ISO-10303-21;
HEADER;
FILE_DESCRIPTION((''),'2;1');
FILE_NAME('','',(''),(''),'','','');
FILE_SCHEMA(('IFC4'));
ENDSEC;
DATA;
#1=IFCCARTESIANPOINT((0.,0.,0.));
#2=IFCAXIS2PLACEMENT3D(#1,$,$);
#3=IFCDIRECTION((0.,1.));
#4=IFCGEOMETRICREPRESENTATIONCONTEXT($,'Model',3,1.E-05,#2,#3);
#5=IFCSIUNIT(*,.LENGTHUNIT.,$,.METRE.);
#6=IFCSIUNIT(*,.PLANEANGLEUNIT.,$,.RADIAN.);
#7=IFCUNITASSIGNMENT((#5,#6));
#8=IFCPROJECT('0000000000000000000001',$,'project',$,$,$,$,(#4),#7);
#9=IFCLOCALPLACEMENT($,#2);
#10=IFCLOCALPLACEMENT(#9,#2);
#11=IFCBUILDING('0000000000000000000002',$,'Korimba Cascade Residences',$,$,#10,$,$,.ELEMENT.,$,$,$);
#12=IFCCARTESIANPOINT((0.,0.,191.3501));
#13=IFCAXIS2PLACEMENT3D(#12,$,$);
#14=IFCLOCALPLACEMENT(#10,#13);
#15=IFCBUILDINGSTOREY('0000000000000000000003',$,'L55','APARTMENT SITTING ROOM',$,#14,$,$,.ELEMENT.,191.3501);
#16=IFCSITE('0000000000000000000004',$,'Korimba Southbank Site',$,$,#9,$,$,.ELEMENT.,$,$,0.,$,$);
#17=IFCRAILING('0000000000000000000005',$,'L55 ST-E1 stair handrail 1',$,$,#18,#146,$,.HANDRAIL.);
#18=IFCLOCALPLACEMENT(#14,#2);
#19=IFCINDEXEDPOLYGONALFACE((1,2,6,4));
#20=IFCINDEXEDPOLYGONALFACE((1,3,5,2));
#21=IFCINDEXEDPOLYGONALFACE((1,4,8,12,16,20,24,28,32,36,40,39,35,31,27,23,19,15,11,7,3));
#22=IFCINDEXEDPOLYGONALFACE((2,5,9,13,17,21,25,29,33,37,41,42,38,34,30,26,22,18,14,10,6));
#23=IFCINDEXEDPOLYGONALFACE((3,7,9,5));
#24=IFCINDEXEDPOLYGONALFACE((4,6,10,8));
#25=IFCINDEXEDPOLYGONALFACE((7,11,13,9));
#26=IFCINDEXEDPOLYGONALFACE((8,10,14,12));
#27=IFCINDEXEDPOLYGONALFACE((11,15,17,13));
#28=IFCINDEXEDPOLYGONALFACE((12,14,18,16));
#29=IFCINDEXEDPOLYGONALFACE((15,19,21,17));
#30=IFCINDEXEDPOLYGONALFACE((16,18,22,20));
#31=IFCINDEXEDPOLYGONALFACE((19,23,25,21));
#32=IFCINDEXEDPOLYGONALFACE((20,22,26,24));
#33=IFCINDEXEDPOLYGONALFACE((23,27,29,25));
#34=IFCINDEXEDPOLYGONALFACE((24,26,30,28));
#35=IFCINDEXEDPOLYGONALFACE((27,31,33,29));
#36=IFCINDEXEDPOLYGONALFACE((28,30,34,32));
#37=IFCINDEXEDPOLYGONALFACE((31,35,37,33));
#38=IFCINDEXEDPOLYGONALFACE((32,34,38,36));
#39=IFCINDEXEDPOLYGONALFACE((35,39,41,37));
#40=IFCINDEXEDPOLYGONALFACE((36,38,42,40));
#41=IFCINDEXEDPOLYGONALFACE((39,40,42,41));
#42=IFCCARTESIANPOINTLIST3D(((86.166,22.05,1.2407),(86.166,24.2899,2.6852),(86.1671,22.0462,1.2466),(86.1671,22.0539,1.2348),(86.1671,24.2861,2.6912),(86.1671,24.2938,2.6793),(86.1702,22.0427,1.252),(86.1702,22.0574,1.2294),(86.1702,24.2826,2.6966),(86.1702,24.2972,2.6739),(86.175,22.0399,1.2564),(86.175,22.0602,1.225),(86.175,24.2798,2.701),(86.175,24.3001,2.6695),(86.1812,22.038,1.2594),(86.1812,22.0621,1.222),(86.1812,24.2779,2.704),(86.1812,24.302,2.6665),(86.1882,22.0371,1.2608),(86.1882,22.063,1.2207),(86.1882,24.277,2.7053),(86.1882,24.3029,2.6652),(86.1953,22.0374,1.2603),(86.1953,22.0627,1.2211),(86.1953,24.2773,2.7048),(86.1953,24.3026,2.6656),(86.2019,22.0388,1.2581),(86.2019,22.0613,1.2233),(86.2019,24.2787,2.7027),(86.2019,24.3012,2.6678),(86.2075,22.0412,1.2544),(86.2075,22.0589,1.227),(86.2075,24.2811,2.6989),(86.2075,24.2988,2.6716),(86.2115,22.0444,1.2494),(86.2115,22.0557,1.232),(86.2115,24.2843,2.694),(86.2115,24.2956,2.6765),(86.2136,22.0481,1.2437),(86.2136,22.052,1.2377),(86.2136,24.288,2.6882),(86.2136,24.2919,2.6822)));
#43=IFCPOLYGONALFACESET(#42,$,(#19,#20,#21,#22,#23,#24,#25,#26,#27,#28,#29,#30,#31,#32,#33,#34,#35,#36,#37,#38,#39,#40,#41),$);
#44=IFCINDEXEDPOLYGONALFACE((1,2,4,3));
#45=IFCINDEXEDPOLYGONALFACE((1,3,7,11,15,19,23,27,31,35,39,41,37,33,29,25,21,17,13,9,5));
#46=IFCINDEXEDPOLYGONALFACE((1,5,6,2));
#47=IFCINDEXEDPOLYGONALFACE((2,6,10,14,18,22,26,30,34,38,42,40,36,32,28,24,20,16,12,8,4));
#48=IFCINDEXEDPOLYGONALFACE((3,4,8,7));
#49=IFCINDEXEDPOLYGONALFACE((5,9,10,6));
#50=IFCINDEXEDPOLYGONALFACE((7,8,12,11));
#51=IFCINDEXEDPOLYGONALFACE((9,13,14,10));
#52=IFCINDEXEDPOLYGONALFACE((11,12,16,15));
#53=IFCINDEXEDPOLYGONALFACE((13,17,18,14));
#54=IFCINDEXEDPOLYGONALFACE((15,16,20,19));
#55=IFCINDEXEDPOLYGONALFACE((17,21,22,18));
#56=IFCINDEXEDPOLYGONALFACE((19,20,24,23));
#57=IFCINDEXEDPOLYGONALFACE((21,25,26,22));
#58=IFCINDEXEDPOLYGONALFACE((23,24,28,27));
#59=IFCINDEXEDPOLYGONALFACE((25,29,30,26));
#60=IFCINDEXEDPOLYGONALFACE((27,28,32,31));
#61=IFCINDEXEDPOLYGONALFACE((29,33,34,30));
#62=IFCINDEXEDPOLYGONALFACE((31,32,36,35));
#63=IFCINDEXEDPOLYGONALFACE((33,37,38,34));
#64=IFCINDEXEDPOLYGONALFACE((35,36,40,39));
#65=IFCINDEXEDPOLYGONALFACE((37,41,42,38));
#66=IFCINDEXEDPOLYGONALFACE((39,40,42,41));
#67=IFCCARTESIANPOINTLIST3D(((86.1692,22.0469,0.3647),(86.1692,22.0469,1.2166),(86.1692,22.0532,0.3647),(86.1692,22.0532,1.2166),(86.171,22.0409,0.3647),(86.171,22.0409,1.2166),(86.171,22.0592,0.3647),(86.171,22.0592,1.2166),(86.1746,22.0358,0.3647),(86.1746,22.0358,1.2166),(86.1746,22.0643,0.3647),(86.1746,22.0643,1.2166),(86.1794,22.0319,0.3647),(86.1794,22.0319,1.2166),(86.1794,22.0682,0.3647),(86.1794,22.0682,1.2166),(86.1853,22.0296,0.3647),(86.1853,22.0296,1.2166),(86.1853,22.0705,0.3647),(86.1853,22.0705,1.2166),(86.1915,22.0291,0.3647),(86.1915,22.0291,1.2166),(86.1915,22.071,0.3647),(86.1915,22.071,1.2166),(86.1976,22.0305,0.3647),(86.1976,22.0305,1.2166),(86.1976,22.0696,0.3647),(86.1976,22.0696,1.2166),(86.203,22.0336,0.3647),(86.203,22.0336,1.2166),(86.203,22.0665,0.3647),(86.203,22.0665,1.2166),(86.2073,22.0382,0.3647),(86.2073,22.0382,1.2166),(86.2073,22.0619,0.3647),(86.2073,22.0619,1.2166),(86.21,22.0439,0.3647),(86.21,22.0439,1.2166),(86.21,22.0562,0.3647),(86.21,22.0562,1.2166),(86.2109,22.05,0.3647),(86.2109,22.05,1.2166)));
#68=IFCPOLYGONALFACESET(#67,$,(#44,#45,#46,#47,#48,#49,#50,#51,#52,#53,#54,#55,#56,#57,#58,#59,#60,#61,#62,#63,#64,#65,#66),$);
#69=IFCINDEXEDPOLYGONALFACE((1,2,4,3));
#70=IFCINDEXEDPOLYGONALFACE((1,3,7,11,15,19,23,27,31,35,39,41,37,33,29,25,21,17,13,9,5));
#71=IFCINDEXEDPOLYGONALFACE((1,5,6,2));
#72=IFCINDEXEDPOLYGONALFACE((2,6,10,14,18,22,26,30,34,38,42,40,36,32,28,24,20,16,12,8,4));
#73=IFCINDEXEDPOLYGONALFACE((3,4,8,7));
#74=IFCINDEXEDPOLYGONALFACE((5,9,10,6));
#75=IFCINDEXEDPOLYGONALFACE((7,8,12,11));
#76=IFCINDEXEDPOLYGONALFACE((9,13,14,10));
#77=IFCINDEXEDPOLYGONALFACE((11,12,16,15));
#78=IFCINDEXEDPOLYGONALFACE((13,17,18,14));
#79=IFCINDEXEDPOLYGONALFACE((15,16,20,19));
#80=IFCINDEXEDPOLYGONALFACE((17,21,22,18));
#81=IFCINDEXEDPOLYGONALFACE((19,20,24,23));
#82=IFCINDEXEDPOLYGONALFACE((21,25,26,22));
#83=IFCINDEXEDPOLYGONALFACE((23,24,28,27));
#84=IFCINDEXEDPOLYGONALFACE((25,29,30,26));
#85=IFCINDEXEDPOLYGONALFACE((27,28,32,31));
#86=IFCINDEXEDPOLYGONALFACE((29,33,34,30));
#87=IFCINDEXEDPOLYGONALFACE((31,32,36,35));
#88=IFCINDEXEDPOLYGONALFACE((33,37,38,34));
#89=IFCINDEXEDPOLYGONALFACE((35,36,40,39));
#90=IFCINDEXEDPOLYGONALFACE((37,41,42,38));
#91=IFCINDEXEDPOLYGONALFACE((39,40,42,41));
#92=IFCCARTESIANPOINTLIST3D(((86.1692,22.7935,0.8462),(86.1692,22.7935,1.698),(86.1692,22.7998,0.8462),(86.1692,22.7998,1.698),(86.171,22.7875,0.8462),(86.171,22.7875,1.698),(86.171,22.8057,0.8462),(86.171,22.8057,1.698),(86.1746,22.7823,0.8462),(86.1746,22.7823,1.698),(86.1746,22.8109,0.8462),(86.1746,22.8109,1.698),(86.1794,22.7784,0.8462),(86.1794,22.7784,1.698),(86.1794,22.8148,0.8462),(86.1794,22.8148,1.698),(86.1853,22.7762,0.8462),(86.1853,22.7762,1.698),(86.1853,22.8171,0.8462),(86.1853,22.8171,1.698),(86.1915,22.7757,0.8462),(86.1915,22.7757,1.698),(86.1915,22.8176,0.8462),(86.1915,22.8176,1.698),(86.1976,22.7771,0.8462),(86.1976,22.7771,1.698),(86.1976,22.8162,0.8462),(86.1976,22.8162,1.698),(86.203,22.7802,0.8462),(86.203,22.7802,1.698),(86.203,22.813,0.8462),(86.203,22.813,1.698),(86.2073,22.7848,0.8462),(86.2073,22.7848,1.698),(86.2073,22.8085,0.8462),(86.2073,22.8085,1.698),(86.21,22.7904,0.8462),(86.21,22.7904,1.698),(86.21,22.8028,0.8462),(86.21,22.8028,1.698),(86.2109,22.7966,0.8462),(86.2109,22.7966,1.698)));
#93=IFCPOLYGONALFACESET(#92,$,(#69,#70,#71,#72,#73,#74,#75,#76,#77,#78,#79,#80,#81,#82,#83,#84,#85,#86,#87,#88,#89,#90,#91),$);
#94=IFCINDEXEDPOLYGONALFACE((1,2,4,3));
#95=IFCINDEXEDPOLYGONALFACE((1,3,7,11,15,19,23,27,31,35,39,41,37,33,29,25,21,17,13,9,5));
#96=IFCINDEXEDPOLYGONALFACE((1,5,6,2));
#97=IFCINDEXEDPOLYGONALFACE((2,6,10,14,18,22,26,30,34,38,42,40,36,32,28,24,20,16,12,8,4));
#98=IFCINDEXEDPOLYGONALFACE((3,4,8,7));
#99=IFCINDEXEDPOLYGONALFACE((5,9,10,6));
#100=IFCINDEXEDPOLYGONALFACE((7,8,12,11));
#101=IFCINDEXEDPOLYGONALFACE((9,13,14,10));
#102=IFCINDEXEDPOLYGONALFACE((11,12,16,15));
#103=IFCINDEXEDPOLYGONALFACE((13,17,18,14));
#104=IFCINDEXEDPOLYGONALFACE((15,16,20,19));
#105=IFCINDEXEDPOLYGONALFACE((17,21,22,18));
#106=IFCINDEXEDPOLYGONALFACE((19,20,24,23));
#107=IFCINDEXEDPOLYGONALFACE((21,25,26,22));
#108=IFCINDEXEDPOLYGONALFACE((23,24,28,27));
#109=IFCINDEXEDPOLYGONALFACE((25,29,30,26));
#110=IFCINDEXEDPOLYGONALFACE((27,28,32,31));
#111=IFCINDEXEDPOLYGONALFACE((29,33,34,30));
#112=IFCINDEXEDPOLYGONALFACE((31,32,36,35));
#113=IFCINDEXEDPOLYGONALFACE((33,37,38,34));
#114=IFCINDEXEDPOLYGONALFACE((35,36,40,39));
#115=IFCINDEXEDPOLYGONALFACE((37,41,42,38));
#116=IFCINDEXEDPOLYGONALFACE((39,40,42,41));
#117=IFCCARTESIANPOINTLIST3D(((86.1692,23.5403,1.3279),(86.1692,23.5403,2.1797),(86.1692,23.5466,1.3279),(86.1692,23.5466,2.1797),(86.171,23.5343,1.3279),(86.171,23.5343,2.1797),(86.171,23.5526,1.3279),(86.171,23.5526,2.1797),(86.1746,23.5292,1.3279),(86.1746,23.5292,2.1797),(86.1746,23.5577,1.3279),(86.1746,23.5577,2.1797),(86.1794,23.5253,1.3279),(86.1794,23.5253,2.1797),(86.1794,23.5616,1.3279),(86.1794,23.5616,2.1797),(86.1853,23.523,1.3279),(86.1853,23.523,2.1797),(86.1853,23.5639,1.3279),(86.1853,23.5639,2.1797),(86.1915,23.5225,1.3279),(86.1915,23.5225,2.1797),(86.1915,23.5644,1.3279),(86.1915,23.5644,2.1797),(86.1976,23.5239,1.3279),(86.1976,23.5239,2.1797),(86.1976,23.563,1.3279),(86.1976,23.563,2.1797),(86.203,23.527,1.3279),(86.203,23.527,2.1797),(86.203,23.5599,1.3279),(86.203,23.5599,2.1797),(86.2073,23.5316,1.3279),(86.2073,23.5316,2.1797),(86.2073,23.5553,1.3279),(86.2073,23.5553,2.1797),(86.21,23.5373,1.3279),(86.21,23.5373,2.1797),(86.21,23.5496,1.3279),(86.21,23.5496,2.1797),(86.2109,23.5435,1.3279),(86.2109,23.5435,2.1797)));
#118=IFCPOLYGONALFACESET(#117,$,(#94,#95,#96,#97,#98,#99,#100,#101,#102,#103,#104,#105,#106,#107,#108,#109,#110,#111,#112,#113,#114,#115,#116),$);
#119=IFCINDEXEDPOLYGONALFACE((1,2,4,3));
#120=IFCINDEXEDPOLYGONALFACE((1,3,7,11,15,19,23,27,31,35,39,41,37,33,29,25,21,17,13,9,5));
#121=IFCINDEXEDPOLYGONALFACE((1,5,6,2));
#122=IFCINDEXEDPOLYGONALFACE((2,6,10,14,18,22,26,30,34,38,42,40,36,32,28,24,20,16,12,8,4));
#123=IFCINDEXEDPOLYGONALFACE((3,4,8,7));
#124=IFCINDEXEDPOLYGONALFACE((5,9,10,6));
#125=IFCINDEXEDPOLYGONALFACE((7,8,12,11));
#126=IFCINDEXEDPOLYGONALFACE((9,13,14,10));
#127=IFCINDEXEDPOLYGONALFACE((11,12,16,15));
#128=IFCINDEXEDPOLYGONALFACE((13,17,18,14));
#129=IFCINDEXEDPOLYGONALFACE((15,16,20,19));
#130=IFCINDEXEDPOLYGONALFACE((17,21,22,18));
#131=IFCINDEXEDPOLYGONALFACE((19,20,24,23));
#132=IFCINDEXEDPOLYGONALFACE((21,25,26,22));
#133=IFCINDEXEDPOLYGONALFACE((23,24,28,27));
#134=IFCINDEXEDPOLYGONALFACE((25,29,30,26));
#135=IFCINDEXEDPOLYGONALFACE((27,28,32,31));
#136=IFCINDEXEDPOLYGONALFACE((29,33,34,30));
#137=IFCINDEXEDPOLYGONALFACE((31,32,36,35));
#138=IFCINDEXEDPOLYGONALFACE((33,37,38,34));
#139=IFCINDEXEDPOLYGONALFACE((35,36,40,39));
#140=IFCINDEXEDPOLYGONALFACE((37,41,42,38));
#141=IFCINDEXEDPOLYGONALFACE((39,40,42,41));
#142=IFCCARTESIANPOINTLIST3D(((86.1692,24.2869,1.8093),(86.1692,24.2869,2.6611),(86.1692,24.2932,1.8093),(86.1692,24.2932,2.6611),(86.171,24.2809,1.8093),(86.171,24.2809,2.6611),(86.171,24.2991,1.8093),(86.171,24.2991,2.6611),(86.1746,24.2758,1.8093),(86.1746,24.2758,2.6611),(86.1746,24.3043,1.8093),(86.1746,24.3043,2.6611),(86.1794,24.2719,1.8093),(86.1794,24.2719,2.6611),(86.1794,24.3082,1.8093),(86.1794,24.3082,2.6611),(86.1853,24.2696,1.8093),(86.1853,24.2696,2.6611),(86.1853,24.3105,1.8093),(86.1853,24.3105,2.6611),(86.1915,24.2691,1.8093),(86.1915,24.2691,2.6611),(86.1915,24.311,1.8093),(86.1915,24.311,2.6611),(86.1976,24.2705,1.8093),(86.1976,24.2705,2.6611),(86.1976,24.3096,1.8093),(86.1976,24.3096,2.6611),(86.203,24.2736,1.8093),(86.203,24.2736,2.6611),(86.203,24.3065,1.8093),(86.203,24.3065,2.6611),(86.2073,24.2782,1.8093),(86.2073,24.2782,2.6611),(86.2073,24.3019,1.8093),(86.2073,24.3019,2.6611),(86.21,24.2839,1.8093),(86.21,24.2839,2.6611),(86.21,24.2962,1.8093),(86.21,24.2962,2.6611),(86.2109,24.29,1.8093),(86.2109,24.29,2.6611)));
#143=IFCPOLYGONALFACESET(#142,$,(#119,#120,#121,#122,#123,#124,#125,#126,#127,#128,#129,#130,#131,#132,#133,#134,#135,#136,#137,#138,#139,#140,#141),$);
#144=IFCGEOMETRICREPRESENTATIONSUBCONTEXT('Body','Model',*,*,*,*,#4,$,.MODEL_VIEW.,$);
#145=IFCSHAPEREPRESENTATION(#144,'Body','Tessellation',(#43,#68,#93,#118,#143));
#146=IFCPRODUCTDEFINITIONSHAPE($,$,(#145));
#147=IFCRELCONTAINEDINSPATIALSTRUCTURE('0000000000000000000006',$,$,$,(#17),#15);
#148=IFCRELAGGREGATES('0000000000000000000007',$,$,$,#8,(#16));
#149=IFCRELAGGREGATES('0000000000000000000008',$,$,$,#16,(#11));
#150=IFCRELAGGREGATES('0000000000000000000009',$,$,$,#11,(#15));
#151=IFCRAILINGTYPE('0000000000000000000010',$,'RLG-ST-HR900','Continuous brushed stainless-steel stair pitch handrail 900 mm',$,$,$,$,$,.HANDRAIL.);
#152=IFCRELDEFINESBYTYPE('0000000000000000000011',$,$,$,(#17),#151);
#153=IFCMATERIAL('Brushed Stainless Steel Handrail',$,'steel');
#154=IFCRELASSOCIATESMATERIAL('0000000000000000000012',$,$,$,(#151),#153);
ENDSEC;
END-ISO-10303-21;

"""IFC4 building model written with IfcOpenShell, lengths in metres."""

from ifc_helpers import new_model, si_unit, direction, frame, origin, origin_2d, place, context, subcontext, project, spatial, circle, extrude, material, type_object, element, save


model = new_model("IFC4")

# Units and contexts
model_context = context("Model", 3, precision=1e-05, world=origin(), true_north=direction((0.0, 1.0)))
body_context = subcontext(model_context, "Body", "Model", "MODEL_VIEW")
ifc_project = project(units=[si_unit("LENGTHUNIT", "METRE"), si_unit("PLANEANGLEUNIT", "RADIAN")], contexts=[model_context])

# Site, building, storey
site_placement = place(None, origin())
site = spatial("IfcSite", under=ifc_project, at=site_placement, Name="Korimba Southbank Site", CompositionType="ELEMENT", RefElevation=0.0)
building_placement = place(site_placement, origin())
building = spatial("IfcBuilding", under=site, at=building_placement, Name="Korimba Cascade Residences", CompositionType="ELEMENT")
storey_placement = place(building_placement, frame((0.0, 0.0, 191.3501)))
storey = spatial("IfcBuildingStorey", under=building, at=storey_placement, Name="L55", Description="APARTMENT SITTING ROOM", CompositionType="ELEMENT", Elevation=191.3501)

# Railing
ifc_material_1 = material(Name="Brushed Stainless Steel Handrail", Category="steel")
railing_type = type_object("IfcRailingType", Name="RLG-ST-HR900", Description="Continuous brushed stainless-steel stair pitch handrail 900 mm", PredefinedType="HANDRAIL", material=ifc_material_1)
railing_placement = place(storey_placement, frame((86.1899, 22.05, 0.3647)))
element("IfcRailing", 1, at=railing_placement, inside=storey, type_object=railing_type, Name="L55 ST-E1 stair handrail 1", PredefinedType="HANDRAIL", context=body_context, shape_type="SweptSolid", body=[
    extrude(circle(Radius=0.0239, at=origin_2d()), frame((0.0, 0.0, 0.876), z_axis=(0.0, 0.840395, 0.541975), x_axis=(-1.0, 0.0, 0.0)), (0.0, 0.0, 1.0), 2.6653),
    extrude(circle(Radius=0.021, at=origin_2d()), origin(), (0.0, 0.0, 1.0), 0.8518),
    extrude(circle(Radius=0.021, at=origin_2d()), frame((0.0, 0.7466, 0.4814)), (0.0, 0.0, 1.0), 0.8518),
    extrude(circle(Radius=0.021, at=origin_2d()), frame((0.0, 1.4934, 0.9631)), (0.0, 0.0, 1.0), 0.8518),
    extrude(circle(Radius=0.021, at=origin_2d()), frame((0.0, 2.24, 1.4446)), (0.0, 0.0, 1.0), 0.8518),
])

save(model, "model.ifc")
